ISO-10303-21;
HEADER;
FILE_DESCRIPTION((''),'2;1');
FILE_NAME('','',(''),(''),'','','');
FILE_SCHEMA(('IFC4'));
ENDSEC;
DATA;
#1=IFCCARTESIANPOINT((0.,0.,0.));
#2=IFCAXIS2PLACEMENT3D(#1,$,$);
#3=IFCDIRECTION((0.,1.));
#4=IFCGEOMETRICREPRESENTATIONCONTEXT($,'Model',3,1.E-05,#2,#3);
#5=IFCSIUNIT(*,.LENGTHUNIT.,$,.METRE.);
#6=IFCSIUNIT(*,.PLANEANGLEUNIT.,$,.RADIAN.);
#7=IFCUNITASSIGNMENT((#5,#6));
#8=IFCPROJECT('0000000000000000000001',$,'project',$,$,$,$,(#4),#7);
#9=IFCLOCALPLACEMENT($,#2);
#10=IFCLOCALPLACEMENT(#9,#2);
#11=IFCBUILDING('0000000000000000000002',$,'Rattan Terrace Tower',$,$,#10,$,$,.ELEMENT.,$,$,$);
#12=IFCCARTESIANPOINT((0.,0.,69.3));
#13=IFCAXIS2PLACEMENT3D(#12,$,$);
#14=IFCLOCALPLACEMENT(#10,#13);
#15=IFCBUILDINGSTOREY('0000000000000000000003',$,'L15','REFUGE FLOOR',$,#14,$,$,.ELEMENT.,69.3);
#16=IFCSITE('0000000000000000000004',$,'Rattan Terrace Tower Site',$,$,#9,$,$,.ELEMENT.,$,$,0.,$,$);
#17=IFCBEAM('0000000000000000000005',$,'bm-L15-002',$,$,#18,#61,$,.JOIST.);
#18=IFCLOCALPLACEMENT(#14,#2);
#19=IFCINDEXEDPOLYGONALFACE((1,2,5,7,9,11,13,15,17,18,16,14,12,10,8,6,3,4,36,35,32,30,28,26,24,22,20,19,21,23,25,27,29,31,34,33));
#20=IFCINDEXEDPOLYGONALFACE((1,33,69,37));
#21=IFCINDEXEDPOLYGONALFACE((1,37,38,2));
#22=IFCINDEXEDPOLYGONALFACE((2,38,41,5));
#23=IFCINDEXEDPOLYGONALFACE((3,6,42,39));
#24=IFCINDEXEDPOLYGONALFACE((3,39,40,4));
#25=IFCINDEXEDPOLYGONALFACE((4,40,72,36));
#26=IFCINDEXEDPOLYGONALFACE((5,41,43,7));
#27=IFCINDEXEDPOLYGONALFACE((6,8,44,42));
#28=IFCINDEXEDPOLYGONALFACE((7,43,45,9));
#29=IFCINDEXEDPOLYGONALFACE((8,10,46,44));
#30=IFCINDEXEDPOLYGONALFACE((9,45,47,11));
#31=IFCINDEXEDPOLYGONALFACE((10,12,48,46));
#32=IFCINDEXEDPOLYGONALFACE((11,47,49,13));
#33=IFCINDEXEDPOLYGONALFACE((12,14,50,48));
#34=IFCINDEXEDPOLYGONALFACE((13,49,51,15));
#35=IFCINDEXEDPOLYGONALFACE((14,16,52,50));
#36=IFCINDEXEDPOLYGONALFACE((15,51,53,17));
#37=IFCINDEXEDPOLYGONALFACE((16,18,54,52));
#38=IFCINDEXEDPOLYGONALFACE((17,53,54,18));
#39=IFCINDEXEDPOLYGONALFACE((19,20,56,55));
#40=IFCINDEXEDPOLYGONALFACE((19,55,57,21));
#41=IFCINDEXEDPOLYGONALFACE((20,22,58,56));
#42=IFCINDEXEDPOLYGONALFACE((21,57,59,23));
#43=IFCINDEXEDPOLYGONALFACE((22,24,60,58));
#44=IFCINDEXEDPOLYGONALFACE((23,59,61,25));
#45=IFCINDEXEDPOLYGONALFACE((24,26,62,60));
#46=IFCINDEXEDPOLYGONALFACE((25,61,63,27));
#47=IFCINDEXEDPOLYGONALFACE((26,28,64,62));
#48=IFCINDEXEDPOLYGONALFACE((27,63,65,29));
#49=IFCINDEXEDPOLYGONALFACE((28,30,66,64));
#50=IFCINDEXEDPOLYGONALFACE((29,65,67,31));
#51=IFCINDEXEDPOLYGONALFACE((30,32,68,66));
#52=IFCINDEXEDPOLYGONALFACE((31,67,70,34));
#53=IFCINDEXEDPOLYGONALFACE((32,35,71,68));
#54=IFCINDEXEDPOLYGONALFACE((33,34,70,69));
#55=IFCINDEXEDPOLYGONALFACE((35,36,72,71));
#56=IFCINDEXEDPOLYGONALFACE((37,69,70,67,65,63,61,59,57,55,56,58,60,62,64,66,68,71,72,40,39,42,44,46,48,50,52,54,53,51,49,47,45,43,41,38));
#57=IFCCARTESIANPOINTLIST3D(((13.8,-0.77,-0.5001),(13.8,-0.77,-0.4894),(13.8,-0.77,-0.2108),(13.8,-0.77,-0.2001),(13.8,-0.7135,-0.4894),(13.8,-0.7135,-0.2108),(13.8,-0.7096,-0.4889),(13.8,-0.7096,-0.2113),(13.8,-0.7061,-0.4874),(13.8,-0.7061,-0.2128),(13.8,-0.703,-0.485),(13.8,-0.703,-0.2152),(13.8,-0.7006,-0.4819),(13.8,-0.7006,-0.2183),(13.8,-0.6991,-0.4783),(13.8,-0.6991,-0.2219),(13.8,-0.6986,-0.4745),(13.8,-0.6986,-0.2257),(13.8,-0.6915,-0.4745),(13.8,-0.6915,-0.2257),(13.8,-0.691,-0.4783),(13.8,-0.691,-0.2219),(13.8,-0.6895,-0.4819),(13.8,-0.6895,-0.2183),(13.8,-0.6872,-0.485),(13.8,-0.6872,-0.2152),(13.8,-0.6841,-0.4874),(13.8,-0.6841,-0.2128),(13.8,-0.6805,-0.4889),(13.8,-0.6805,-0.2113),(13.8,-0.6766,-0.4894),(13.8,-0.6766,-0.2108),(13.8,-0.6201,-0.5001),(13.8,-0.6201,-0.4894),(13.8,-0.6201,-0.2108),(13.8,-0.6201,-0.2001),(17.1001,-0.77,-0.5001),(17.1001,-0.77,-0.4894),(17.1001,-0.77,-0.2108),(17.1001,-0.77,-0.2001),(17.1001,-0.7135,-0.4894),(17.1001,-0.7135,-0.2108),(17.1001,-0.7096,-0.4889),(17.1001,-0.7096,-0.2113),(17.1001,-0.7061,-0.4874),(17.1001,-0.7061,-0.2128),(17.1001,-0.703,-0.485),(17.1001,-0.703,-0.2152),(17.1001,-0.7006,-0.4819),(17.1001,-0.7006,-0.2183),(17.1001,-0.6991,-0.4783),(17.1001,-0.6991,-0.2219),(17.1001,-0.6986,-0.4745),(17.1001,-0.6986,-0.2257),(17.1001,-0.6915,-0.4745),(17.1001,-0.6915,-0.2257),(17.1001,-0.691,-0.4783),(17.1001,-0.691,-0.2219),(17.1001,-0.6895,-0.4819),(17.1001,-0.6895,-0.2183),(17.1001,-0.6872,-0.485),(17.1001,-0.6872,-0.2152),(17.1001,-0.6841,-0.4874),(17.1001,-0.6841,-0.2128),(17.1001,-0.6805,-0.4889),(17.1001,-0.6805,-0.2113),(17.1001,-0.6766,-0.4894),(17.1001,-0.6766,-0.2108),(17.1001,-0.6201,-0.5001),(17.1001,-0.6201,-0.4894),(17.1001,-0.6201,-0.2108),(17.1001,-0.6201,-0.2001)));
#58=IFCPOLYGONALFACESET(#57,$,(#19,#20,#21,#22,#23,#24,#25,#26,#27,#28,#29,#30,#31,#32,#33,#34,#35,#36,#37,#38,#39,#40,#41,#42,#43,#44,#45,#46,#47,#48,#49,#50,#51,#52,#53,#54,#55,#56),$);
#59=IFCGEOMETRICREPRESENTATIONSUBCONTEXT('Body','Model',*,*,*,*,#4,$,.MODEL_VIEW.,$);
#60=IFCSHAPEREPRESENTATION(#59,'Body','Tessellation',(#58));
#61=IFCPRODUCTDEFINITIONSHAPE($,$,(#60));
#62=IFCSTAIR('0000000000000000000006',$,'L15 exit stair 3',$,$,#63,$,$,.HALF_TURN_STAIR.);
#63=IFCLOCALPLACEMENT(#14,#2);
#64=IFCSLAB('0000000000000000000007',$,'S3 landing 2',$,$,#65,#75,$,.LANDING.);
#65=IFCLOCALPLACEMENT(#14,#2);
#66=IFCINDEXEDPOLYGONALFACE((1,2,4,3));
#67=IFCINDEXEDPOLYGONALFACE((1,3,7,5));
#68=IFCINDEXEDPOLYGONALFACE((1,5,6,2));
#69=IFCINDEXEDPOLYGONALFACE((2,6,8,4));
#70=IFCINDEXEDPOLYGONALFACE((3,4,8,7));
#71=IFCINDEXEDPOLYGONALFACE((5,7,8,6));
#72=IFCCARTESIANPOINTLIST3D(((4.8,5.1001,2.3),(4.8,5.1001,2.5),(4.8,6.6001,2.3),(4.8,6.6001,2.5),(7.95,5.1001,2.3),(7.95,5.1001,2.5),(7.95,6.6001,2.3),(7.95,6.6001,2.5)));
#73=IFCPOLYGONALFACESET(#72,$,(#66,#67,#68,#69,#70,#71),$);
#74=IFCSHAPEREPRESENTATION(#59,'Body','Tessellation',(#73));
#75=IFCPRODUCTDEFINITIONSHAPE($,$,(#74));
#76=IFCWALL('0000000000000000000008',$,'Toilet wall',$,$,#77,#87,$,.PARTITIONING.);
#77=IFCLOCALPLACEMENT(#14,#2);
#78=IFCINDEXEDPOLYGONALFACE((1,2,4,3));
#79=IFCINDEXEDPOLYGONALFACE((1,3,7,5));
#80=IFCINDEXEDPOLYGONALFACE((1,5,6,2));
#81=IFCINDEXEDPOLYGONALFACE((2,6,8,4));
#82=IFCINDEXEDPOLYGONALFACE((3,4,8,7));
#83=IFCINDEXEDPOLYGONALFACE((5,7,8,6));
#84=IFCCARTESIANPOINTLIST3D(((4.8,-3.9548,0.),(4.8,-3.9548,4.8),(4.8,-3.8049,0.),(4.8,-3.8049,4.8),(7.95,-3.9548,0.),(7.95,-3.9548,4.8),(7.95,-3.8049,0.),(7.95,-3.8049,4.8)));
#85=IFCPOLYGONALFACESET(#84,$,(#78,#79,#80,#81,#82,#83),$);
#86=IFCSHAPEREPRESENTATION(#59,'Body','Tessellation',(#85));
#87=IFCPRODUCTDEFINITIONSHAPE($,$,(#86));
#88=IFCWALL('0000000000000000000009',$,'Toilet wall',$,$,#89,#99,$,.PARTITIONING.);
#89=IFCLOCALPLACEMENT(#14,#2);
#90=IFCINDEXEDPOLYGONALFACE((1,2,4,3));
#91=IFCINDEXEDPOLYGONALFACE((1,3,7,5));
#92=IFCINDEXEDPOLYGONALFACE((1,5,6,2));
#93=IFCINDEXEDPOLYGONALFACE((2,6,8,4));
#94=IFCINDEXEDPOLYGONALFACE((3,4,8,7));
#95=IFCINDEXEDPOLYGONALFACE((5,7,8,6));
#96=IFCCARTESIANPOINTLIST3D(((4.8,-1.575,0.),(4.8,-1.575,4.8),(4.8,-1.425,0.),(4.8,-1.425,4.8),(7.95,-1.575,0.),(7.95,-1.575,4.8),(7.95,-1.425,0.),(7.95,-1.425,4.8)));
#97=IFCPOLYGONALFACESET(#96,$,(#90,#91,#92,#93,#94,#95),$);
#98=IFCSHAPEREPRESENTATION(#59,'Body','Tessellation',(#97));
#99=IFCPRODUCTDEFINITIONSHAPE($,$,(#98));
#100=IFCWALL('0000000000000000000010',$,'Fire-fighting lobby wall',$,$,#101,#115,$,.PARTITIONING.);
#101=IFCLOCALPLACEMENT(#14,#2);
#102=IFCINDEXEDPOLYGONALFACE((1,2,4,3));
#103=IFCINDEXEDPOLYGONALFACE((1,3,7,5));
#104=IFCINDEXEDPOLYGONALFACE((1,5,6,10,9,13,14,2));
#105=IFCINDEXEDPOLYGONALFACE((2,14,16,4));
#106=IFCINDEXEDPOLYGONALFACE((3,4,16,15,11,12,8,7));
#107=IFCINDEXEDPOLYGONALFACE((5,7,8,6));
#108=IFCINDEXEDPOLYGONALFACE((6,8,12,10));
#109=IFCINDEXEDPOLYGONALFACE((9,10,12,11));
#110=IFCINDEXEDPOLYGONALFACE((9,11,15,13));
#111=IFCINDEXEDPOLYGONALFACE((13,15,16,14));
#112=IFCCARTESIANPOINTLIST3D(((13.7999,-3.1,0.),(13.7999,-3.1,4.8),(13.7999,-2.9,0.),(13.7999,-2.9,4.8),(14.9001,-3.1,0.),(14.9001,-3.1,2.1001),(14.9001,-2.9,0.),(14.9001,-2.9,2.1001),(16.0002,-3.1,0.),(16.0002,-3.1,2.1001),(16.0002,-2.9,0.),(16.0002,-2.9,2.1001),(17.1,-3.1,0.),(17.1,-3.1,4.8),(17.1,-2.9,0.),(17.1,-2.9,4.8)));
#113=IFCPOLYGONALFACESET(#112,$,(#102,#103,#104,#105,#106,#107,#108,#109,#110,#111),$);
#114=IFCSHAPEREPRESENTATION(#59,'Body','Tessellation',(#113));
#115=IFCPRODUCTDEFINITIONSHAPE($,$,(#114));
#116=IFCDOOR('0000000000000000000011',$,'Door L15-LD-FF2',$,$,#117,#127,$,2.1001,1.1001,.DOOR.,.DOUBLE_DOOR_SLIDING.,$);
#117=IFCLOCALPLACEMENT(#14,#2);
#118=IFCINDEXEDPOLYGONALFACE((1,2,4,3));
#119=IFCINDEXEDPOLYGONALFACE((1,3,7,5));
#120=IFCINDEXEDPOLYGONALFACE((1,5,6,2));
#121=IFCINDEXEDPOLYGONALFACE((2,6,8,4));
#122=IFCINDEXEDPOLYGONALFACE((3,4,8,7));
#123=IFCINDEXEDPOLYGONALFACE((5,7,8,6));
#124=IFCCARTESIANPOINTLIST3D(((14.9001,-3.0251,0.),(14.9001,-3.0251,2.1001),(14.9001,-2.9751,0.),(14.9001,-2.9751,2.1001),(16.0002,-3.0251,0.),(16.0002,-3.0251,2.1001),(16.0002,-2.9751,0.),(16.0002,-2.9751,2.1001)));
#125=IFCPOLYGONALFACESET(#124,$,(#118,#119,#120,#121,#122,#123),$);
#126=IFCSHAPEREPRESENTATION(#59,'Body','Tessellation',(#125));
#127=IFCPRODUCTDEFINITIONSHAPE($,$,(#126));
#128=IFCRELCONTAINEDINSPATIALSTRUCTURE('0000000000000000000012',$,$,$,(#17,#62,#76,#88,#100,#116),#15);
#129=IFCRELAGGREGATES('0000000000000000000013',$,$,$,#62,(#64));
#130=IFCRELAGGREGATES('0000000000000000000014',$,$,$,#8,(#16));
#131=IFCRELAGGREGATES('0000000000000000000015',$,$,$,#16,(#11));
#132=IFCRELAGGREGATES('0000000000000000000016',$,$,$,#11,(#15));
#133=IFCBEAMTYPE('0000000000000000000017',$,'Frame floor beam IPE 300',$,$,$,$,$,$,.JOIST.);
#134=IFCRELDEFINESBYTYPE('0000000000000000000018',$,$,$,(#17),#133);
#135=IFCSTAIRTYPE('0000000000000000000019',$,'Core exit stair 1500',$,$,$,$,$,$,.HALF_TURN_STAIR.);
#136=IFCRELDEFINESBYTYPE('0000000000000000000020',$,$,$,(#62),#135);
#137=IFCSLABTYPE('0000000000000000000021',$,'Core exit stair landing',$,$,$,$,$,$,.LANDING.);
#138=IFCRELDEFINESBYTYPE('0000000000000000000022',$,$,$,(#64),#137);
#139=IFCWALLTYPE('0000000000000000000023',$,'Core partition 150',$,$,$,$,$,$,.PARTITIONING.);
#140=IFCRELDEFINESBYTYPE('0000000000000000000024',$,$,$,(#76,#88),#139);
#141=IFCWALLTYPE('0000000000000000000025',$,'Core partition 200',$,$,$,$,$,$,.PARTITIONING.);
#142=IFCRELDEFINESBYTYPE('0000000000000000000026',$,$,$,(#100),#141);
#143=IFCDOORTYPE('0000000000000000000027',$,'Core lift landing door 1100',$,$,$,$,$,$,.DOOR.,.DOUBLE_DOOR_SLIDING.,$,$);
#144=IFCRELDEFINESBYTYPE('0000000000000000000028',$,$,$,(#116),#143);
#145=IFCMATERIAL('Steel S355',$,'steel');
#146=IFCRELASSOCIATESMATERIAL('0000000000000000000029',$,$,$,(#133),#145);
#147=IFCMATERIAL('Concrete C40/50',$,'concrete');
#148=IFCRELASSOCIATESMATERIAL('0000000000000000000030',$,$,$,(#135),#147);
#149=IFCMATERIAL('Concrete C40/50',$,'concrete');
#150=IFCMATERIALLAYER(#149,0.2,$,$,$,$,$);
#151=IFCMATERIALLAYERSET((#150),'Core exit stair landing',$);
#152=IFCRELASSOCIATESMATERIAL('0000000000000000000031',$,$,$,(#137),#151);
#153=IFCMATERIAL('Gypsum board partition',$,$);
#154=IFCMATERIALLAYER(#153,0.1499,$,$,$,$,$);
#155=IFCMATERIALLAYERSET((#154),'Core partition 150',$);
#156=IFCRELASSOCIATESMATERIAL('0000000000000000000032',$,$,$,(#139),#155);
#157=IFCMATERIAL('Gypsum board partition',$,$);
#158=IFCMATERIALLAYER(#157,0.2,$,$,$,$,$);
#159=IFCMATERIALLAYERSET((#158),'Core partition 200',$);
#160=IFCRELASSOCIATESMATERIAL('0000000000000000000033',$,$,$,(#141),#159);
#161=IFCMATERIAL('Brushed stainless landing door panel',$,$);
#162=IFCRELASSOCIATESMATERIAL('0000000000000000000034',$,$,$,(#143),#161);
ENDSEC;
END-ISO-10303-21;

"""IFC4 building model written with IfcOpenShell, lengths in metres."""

from ifc_helpers import new_model, si_unit, direction, frame, frame_2d, origin, origin_2d, place, context, subcontext, project, spatial, polyline, rectangle, i_section, outline, extrude, material, layer, layer_set, material_profile, profile_set, type_object, element, fill, aggregate, save


model = new_model("IFC4")

# Units and contexts
model_context = context("Model", 3, precision=1e-05, world=origin(), true_north=direction((0.0, 1.0)))
body_context = subcontext(model_context, "Body", "Model", "MODEL_VIEW")
ifc_project = project(units=[si_unit("LENGTHUNIT", "METRE"), si_unit("PLANEANGLEUNIT", "RADIAN")], contexts=[model_context])

# Site, building, storey
site_placement = place(None, origin())
site = spatial("IfcSite", under=ifc_project, at=site_placement, Name="Rattan Terrace Tower Site", CompositionType="ELEMENT", RefElevation=0.0)
building_placement = place(site_placement, origin())
building = spatial("IfcBuilding", under=site, at=building_placement, Name="Rattan Terrace Tower", CompositionType="ELEMENT")
storey_placement = place(building_placement, frame((0.0, 0.0, 69.3)))
storey = spatial("IfcBuildingStorey", under=building, at=storey_placement, Name="L15", Description="REFUGE FLOOR", CompositionType="ELEMENT", Elevation=69.3)

# Beam
ifc_material_1 = material(Name="Steel S355", Category="steel")
ifc_material_profile = material_profile(ifc_material_1, i_section(OverallWidth=0.1499, OverallDepth=0.3, WebThickness=0.0071, FlangeThickness=0.0107, FilletRadius=0.0149, at=origin_2d()), Name="IPE 300")
ifc_profile_set = profile_set([ifc_material_profile], Name="Steel S355")
beam_type = type_object("IfcBeamType", Name="Frame floor beam IPE 300", PredefinedType="JOIST", material=ifc_profile_set)
beam_placement = place(storey_placement, frame((13.8, -0.6951, -0.3501), z_axis=(1.0, 0.0, 0.0), x_axis=(0.0, 1.0, 0.0)))
element("IfcBeam", 1, at=beam_placement, inside=storey, type_object=beam_type, Name="bm-L15-002", PredefinedType="JOIST", context=body_context, shape_type="SweptSolid", body=[
    extrude(i_section(OverallWidth=0.1499, OverallDepth=0.3, WebThickness=0.0071, FlangeThickness=0.0107, FilletRadius=0.0149, at=origin_2d()), origin(), (0.0, 0.0, 1.0), 3.3),
])

# Stair, slab
ifc_material_2 = material(Name="Concrete C40/50", Category="concrete")
stair_type = type_object("IfcStairType", Name="Core exit stair 1500", PredefinedType="HALF_TURN_STAIR", material=ifc_material_2)
stair_placement = place(storey_placement, origin())
stair = element("IfcStair", 2, at=stair_placement, inside=storey, type_object=stair_type, Name="L15 exit stair 3", PredefinedType="HALF_TURN_STAIR")
ifc_material_3 = material(Name="Concrete C40/50", Category="concrete")
ifc_layer_1 = layer(ifc_material_3, 0.2)
ifc_layer_set_1 = layer_set([ifc_layer_1], Name="Core exit stair landing")
slab_type = type_object("IfcSlabType", Name="Core exit stair landing", PredefinedType="LANDING", material=ifc_layer_set_1)
slab_placement = place(storey_placement, frame((0.0, 0.0, 2.3)))
slab = element("IfcSlab", 3, at=slab_placement, type_object=slab_type, Name="S3 landing 2", PredefinedType="LANDING", context=body_context, shape_type="SweptSolid", body=[
    extrude(outline(polyline([(4.8, 6.6001), (4.8, 5.1001), (7.95, 5.1001), (7.95, 6.6001), (4.8, 6.6001)])), origin(), (0.0, 0.0, 1.0), 0.2),
])
aggregate(stair, [slab])

# Walls
ifc_material_4 = material(Name="Gypsum board partition")
ifc_layer_2 = layer(ifc_material_4, 0.1499)
ifc_layer_set_2 = layer_set([ifc_layer_2], Name="Core partition 150")
wall_type_1 = type_object("IfcWallType", Name="Core partition 150", PredefinedType="PARTITIONING", material=ifc_layer_set_2)
for number, where, z_axis, x_axis, name in (
    (4, (4.8, -3.8799, 0.0), (0.0, 0.0, 1.0), (1.0, 0.0, 0.0), "Toilet wall"),
    (5, (4.8, -1.5, 0.0), (0.0, 0.0, 1.0), (1.0, 0.0, 0.0), "Toilet wall"),
):
    element("IfcWall", number, at=place(storey_placement, frame(where, z_axis=z_axis, x_axis=x_axis)), inside=storey, type_object=wall_type_1, Name=name, PredefinedType="PARTITIONING", context=body_context, shape_type="SweptSolid", body=[
        extrude(rectangle(XDim=3.1499, YDim=0.1499, at=frame_2d((1.575, 0.0))), origin(), (0.0, 0.0, 1.0), 4.8),
    ])

# Wall, opening, door
ifc_material_5 = material(Name="Gypsum board partition")
ifc_layer_3 = layer(ifc_material_5, 0.2)
ifc_layer_set_3 = layer_set([ifc_layer_3], Name="Core partition 200")
wall_type_2 = type_object("IfcWallType", Name="Core partition 200", PredefinedType="PARTITIONING", material=ifc_layer_set_3)
wall_1_placement = place(storey_placement, frame((13.8, -3.0, 0.0), z_axis=(0.0, 0.0, 1.0), x_axis=(1.0, 0.0, 0.0)))
wall_1 = element("IfcWall", 6, at=wall_1_placement, inside=storey, type_object=wall_type_2, Name="Fire-fighting lobby wall", PredefinedType="PARTITIONING", context=body_context, shape_type="SweptSolid", body=[
    extrude(rectangle(XDim=3.3, YDim=0.2, at=frame_2d((1.6499, 0.0))), origin(), (0.0, 0.0, 1.0), 4.8),
])
opening_1_placement = place(wall_1_placement, frame((1.1001, 0.0, 0.0)))
opening_1 = element("IfcOpeningElement", 7, at=opening_1_placement, cuts=wall_1, PredefinedType="OPENING", context=body_context, shape_type="SweptSolid", body=[
    extrude(rectangle(XDim=1.1001, YDim=2.1001, at=frame_2d((0.55, 1.05))), frame((0.0, 0.1106, 0.0), z_axis=(0.0, -1.0, 0.0), x_axis=(1.0, 0.0, 0.0)), (0.0, 0.0, 1.0), 0.2209),
])
ifc_material_6 = material(Name="Brushed stainless landing door panel")
door_type_1 = type_object("IfcDoorType", Name="Core lift landing door 1100", OperationType="DOUBLE_DOOR_SLIDING", PredefinedType="DOOR", material=ifc_material_6)
door_1_placement = place(opening_1_placement, origin())
door_1 = element("IfcDoor", 8, at=door_1_placement, inside=storey, type_object=door_type_1, Name="Door L15-LD-FF2", OperationType="DOUBLE_DOOR_SLIDING", OverallHeight=2.1001, OverallWidth=1.1001, PredefinedType="DOOR", context=body_context, shape_type="SweptSolid", body=[
    extrude(rectangle(XDim=1.1001, YDim=2.1001, at=frame_2d((0.55, 1.05))), frame((0.0, 0.0249, 0.0), z_axis=(0.0, -1.0, 0.0), x_axis=(1.0, 0.0, 0.0)), (0.0, 0.0, 1.0), 0.05),
])
fill(opening_1, door_1)

save(model, "model.ifc")
